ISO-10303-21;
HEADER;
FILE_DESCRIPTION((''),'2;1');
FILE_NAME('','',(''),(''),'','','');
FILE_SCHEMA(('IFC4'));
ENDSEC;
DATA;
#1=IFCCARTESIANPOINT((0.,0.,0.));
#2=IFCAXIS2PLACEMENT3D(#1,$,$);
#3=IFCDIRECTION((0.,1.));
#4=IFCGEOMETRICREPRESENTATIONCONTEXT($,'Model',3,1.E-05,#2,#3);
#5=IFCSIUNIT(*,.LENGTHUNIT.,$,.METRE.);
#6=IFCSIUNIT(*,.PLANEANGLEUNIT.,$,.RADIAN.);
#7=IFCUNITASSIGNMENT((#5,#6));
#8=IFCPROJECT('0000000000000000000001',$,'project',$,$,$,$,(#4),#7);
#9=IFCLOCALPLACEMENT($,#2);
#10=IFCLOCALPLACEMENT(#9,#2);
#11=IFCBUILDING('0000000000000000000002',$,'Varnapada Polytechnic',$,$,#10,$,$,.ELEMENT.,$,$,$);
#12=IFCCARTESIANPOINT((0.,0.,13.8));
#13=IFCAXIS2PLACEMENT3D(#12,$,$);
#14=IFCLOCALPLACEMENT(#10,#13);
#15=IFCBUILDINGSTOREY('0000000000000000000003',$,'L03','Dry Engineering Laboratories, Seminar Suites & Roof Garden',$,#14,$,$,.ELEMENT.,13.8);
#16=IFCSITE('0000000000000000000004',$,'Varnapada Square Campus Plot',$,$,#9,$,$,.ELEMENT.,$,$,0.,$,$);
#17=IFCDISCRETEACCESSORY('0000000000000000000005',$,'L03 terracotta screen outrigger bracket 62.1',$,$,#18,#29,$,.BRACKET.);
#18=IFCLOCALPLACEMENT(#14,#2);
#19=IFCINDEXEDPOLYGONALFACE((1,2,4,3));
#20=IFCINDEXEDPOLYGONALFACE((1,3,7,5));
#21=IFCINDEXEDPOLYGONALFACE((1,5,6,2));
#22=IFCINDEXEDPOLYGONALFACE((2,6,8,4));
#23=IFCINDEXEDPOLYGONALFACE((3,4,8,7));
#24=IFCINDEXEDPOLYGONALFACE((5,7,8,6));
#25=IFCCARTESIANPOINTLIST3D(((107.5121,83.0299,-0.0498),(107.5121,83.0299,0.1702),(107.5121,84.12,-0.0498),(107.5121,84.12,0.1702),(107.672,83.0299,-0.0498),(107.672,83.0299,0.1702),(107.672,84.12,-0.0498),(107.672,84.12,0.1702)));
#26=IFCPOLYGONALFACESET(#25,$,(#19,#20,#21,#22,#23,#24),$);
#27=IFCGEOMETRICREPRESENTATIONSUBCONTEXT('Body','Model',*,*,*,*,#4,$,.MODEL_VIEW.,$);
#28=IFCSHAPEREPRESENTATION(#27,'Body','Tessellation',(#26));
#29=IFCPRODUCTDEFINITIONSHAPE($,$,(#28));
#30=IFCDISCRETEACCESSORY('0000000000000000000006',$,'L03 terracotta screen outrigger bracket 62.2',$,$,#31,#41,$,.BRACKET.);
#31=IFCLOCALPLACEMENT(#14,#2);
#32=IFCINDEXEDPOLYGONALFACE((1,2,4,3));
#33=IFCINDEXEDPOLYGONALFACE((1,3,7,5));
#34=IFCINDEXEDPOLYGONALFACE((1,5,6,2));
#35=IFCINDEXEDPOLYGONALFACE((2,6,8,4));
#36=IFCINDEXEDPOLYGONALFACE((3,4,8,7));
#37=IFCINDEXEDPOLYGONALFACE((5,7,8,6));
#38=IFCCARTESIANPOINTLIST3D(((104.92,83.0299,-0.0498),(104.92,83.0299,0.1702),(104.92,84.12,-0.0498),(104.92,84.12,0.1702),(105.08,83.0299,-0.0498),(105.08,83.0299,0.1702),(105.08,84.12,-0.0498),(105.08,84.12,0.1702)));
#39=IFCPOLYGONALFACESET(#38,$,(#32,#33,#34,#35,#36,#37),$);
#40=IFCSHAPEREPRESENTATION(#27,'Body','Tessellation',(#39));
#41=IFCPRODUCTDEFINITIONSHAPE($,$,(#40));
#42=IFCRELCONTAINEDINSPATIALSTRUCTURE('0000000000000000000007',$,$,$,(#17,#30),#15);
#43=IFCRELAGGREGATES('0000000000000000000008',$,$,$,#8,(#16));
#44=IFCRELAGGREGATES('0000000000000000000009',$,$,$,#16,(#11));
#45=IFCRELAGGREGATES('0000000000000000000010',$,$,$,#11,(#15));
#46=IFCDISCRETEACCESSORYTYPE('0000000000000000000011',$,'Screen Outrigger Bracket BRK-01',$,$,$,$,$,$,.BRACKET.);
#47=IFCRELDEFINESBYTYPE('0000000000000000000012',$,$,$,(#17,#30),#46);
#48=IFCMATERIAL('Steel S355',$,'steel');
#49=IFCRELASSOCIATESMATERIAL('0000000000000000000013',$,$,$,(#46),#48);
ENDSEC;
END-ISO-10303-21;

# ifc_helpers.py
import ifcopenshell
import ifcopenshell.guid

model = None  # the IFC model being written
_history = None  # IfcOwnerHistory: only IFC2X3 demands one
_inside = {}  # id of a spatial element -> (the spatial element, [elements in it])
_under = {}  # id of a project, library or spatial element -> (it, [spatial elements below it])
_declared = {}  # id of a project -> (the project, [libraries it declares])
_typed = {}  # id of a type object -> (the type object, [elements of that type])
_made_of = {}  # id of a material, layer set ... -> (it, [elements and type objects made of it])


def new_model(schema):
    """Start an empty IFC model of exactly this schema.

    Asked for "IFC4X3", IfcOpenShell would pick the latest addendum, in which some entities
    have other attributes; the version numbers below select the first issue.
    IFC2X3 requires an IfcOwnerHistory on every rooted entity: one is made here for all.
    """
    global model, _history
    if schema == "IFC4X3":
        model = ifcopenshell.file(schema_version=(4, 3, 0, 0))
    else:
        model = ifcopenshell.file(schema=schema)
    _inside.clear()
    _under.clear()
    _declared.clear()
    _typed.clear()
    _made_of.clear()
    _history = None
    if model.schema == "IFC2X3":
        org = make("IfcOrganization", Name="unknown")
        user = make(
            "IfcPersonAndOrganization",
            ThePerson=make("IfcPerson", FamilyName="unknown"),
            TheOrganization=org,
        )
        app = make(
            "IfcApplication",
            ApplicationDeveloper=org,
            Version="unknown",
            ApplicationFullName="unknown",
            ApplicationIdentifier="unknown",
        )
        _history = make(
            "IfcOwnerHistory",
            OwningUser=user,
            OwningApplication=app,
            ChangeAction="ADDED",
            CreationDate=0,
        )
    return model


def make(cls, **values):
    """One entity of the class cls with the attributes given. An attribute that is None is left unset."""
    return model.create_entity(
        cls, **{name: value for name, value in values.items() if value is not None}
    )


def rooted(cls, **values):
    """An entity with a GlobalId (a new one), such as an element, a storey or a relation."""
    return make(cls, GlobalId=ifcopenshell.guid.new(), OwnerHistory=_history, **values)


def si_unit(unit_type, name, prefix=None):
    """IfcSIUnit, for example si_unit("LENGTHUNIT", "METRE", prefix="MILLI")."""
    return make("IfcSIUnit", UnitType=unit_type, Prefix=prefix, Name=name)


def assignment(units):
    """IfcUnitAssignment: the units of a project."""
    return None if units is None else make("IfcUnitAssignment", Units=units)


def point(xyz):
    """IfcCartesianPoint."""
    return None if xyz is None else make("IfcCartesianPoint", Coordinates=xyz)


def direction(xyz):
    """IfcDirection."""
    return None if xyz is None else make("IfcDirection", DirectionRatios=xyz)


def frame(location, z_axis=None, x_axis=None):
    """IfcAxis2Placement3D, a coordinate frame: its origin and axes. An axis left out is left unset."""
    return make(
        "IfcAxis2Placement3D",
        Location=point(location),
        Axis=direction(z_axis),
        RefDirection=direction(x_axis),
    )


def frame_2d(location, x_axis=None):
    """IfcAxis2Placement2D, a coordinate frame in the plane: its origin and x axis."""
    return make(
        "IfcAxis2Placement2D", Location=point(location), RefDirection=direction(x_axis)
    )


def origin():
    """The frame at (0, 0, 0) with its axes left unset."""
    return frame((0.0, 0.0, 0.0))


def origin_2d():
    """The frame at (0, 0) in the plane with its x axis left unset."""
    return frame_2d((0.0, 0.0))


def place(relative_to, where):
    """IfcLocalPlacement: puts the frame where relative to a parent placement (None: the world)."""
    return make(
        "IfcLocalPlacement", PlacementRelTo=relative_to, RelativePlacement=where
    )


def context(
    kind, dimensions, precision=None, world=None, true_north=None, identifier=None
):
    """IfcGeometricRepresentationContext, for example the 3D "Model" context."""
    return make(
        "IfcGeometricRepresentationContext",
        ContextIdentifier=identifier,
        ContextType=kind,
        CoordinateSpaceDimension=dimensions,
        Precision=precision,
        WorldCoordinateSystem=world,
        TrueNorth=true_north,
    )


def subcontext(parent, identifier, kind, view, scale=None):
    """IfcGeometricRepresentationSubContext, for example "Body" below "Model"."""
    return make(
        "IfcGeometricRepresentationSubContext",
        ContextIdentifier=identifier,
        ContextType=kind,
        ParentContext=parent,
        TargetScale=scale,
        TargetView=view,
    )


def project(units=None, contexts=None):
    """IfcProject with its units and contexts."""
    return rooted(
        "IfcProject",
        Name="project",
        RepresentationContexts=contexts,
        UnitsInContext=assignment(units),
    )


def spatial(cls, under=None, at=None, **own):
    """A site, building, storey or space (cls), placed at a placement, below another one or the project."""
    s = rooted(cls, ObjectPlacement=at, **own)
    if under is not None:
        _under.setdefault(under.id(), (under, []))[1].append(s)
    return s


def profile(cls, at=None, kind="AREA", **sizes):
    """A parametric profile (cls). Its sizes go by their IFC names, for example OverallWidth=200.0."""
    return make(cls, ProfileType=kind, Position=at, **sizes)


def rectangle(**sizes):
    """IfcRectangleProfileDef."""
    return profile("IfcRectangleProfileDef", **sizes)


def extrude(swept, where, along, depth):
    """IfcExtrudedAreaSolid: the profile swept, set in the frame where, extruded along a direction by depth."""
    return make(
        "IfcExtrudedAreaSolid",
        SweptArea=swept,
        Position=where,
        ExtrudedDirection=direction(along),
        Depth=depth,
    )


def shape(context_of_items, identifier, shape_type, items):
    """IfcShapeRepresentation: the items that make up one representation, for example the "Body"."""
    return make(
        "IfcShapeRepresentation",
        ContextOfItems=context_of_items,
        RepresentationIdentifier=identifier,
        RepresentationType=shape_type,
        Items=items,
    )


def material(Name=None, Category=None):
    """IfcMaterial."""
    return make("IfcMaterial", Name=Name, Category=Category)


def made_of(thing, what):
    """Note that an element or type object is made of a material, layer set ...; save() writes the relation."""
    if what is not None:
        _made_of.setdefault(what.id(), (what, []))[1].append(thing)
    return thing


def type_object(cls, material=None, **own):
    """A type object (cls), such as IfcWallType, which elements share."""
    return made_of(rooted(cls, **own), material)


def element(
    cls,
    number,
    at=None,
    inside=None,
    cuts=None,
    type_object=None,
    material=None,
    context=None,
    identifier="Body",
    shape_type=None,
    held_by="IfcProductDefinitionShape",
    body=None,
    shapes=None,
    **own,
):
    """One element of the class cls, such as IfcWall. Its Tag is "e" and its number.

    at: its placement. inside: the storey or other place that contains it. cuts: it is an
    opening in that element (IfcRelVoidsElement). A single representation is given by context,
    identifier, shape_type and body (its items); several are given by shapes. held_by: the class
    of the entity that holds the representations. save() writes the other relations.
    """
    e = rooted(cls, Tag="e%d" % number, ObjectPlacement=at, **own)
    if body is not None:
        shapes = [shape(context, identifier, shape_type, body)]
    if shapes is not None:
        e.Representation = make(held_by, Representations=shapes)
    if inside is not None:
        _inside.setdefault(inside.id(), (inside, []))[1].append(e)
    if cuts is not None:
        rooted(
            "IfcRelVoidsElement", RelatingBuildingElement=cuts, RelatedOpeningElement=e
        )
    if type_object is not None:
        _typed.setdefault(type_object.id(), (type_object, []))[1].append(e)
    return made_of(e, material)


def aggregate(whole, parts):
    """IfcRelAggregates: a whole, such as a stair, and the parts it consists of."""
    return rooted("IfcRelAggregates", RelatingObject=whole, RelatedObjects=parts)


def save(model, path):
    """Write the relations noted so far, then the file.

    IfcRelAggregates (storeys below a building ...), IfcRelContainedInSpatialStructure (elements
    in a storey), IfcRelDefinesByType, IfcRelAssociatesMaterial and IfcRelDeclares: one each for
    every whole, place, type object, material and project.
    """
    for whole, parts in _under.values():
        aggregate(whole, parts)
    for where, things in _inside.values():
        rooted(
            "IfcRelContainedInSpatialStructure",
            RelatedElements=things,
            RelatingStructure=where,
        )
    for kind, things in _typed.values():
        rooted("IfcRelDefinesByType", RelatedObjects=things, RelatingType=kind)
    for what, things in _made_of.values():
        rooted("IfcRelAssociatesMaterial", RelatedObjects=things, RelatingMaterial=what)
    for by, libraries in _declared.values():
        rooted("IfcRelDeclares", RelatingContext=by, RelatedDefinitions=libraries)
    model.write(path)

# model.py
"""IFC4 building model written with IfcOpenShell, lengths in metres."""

from ifc_helpers import new_model, si_unit, direction, frame, origin, origin_2d, place, context, subcontext, project, spatial, rectangle, extrude, material, type_object, element, save


model = new_model("IFC4")

# Units and contexts
model_context = context("Model", 3, precision=1e-05, world=origin(), true_north=direction((0.0, 1.0)))
body_context = subcontext(model_context, "Body", "Model", "MODEL_VIEW")
ifc_project = project(units=[si_unit("LENGTHUNIT", "METRE"), si_unit("PLANEANGLEUNIT", "RADIAN")], contexts=[model_context])

# Site, building, storey
site_placement = place(None, origin())
site = spatial("IfcSite", under=ifc_project, at=site_placement, Name="Varnapada Square Campus Plot", CompositionType="ELEMENT", RefElevation=0.0)
building_placement = place(site_placement, origin())
building = spatial("IfcBuilding", under=site, at=building_placement, Name="Varnapada Polytechnic", CompositionType="ELEMENT")
storey_placement = place(building_placement, frame((0.0, 0.0, 13.8)))
storey = spatial("IfcBuildingStorey", under=building, at=storey_placement, Name="L03", Description="Dry Engineering Laboratories, Seminar Suites & Roof Garden", CompositionType="ELEMENT", Elevation=13.8)

# Discrete accessories
ifc_material_1 = material(Name="Steel S355", Category="steel")
discrete_accessory_type = type_object("IfcDiscreteAccessoryType", Name="Screen Outrigger Bracket BRK-01", PredefinedType="BRACKET", material=ifc_material_1)
for number, where, z_axis, x_axis, name in (
    (1, (107.592, 83.575, -0.0498), (0.0, 0.0, 1.0), (-1.0, 0.0, 0.0), "L03 terracotta screen outrigger bracket 62.1"),
    (2, (105.0, 83.575, -0.0498), (0.0, 0.0, 1.0), (-1.0, 0.0, 0.0), "L03 terracotta screen outrigger bracket 62.2"),
):
    element("IfcDiscreteAccessory", number, at=place(storey_placement, frame(where, z_axis=z_axis, x_axis=x_axis)), inside=storey, type_object=discrete_accessory_type, Name=name, PredefinedType="BRACKET", context=body_context, shape_type="SweptSolid", body=[
        extrude(rectangle(XDim=0.1599, YDim=1.0901, at=origin_2d()), origin(), (0.0, 0.0, 1.0), 0.22),
    ])

save(model, "model.ifc")
